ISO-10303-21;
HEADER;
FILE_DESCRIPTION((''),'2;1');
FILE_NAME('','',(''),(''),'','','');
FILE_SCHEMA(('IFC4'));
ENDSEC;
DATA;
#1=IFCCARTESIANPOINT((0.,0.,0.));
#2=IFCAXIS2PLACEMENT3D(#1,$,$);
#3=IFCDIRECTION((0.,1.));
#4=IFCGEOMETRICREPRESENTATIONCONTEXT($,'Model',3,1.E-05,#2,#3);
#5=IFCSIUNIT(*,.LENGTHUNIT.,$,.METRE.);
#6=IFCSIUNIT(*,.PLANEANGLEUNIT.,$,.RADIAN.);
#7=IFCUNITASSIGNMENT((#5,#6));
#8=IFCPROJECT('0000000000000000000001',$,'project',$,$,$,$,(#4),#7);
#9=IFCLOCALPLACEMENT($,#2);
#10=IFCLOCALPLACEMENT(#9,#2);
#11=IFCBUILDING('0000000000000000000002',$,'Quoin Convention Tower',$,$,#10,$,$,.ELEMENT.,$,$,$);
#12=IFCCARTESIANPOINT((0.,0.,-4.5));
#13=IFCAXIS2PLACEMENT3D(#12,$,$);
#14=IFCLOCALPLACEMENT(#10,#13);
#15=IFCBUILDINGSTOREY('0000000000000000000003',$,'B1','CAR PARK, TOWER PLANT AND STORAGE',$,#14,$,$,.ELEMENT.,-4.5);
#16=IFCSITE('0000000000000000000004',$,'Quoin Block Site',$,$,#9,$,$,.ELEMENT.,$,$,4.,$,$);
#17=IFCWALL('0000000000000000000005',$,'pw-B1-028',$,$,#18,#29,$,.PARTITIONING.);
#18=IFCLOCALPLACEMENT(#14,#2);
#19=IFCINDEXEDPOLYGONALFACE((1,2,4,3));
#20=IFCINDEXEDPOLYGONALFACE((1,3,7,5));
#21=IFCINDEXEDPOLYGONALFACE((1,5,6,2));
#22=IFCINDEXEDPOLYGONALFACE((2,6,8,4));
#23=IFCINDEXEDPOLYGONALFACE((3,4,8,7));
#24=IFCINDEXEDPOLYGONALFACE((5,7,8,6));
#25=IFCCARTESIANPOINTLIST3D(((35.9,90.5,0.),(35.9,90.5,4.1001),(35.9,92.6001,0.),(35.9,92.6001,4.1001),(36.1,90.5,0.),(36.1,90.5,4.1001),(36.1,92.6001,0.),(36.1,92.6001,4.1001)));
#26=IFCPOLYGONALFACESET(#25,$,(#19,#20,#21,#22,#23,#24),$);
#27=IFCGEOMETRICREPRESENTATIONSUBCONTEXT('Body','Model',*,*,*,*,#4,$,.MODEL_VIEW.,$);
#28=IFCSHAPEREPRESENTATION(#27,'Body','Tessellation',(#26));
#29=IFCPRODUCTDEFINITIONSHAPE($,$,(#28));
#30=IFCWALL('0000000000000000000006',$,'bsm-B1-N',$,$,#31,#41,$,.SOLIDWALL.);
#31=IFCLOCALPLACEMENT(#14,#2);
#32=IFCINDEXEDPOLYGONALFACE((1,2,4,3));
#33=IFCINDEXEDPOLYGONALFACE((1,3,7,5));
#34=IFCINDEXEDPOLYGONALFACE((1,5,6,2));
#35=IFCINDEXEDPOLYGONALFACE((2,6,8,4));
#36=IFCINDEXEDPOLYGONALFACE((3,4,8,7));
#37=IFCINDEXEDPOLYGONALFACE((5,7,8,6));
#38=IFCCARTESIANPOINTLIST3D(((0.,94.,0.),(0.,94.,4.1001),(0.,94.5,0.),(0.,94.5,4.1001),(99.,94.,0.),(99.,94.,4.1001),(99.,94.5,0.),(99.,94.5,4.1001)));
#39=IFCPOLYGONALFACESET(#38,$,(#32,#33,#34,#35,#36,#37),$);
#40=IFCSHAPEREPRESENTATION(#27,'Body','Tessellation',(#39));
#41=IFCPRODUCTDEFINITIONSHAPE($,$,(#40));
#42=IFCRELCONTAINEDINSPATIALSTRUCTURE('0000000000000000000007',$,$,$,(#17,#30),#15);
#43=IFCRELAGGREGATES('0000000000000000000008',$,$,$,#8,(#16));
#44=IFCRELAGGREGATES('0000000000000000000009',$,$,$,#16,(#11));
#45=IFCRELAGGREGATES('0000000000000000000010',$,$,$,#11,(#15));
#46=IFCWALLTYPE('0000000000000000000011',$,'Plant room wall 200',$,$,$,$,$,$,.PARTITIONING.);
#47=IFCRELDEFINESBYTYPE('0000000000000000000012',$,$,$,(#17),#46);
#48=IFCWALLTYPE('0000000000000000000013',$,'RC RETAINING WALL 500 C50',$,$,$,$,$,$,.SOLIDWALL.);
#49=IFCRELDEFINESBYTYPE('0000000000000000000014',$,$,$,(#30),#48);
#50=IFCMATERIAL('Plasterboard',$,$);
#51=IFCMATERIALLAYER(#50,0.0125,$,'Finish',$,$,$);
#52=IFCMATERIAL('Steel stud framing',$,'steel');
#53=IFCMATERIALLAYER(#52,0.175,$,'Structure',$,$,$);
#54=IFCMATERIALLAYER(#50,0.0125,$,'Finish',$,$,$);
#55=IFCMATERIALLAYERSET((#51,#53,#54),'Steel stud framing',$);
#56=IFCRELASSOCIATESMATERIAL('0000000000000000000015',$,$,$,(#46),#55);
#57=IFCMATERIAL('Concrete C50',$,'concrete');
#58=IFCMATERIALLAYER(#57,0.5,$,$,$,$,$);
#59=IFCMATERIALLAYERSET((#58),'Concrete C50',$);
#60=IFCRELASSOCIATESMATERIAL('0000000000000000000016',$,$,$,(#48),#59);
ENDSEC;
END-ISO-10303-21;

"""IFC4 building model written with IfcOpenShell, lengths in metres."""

from ifc_helpers import new_model, si_unit, direction, frame, frame_2d, origin, place, context, subcontext, project, spatial, rectangle, extrude, material, layer, layer_set, type_object, element, save


model = new_model("IFC4")

# Units and contexts
model_context = context("Model", 3, precision=1e-05, world=origin(), true_north=direction((0.0, 1.0)))
body_context = subcontext(model_context, "Body", "Model", "MODEL_VIEW")
ifc_project = project(units=[si_unit("LENGTHUNIT", "METRE"), si_unit("PLANEANGLEUNIT", "RADIAN")], contexts=[model_context])

# Site, building, storey
site_placement = place(None, origin())
site = spatial("IfcSite", under=ifc_project, at=site_placement, Name="Quoin Block Site", CompositionType="ELEMENT", RefElevation=4.0)
building_placement = place(site_placement, origin())
building = spatial("IfcBuilding", under=site, at=building_placement, Name="Quoin Convention Tower", CompositionType="ELEMENT")
storey_placement = place(building_placement, frame((0.0, 0.0, -4.5)))
storey = spatial("IfcBuildingStorey", under=building, at=storey_placement, Name="B1", Description="CAR PARK, TOWER PLANT AND STORAGE", CompositionType="ELEMENT", Elevation=-4.5)

# Shared definitions
ifc_material_1 = material(Name="Plasterboard")
ifc_layer_1 = layer(ifc_material_1, 0.0125, Name="Finish")
ifc_material_2 = material(Name="Steel stud framing", Category="steel")
ifc_layer_2 = layer(ifc_material_2, 0.175, Name="Structure")
ifc_layer_3 = layer(ifc_material_1, 0.0125, Name="Finish")
ifc_layer_set_1 = layer_set([ifc_layer_1, ifc_layer_2, ifc_layer_3], Name="Steel stud framing")
wall_type_1 = type_object("IfcWallType", Name="Plant room wall 200", PredefinedType="PARTITIONING", material=ifc_layer_set_1)

# Walls
wall_1_placement = place(storey_placement, frame((36.0, 90.5, 0.0), z_axis=(0.0, 0.0, 1.0), x_axis=(0.0, 1.0, 0.0)))
element("IfcWall", 1, at=wall_1_placement, inside=storey, type_object=wall_type_1, Name="pw-B1-028", PredefinedType="PARTITIONING", context=body_context, shape_type="SweptSolid", body=[
    extrude(rectangle(XDim=2.1001, YDim=0.2, at=frame_2d((1.05, 0.0))), origin(), (0.0, 0.0, 1.0), 4.1001),
])
ifc_material_3 = material(Name="Concrete C50", Category="concrete")
ifc_layer_4 = layer(ifc_material_3, 0.5)
ifc_layer_set_2 = layer_set([ifc_layer_4], Name="Concrete C50")
wall_type_2 = type_object("IfcWallType", Name="RC RETAINING WALL 500 C50", PredefinedType="SOLIDWALL", material=ifc_layer_set_2)
wall_2_placement = place(storey_placement, frame((0.0, 94.25, 0.0), z_axis=(0.0, 0.0, 1.0), x_axis=(1.0, 0.0, 0.0)))
element("IfcWall", 2, at=wall_2_placement, inside=storey, type_object=wall_type_2, Name="bsm-B1-N", PredefinedType="SOLIDWALL", context=body_context, shape_type="SweptSolid", body=[
    extrude(rectangle(XDim=99.0, YDim=0.5, at=frame_2d((49.5, 0.0))), origin(), (0.0, 0.0, 1.0), 4.1001),
])

save(model, "model.ifc")
